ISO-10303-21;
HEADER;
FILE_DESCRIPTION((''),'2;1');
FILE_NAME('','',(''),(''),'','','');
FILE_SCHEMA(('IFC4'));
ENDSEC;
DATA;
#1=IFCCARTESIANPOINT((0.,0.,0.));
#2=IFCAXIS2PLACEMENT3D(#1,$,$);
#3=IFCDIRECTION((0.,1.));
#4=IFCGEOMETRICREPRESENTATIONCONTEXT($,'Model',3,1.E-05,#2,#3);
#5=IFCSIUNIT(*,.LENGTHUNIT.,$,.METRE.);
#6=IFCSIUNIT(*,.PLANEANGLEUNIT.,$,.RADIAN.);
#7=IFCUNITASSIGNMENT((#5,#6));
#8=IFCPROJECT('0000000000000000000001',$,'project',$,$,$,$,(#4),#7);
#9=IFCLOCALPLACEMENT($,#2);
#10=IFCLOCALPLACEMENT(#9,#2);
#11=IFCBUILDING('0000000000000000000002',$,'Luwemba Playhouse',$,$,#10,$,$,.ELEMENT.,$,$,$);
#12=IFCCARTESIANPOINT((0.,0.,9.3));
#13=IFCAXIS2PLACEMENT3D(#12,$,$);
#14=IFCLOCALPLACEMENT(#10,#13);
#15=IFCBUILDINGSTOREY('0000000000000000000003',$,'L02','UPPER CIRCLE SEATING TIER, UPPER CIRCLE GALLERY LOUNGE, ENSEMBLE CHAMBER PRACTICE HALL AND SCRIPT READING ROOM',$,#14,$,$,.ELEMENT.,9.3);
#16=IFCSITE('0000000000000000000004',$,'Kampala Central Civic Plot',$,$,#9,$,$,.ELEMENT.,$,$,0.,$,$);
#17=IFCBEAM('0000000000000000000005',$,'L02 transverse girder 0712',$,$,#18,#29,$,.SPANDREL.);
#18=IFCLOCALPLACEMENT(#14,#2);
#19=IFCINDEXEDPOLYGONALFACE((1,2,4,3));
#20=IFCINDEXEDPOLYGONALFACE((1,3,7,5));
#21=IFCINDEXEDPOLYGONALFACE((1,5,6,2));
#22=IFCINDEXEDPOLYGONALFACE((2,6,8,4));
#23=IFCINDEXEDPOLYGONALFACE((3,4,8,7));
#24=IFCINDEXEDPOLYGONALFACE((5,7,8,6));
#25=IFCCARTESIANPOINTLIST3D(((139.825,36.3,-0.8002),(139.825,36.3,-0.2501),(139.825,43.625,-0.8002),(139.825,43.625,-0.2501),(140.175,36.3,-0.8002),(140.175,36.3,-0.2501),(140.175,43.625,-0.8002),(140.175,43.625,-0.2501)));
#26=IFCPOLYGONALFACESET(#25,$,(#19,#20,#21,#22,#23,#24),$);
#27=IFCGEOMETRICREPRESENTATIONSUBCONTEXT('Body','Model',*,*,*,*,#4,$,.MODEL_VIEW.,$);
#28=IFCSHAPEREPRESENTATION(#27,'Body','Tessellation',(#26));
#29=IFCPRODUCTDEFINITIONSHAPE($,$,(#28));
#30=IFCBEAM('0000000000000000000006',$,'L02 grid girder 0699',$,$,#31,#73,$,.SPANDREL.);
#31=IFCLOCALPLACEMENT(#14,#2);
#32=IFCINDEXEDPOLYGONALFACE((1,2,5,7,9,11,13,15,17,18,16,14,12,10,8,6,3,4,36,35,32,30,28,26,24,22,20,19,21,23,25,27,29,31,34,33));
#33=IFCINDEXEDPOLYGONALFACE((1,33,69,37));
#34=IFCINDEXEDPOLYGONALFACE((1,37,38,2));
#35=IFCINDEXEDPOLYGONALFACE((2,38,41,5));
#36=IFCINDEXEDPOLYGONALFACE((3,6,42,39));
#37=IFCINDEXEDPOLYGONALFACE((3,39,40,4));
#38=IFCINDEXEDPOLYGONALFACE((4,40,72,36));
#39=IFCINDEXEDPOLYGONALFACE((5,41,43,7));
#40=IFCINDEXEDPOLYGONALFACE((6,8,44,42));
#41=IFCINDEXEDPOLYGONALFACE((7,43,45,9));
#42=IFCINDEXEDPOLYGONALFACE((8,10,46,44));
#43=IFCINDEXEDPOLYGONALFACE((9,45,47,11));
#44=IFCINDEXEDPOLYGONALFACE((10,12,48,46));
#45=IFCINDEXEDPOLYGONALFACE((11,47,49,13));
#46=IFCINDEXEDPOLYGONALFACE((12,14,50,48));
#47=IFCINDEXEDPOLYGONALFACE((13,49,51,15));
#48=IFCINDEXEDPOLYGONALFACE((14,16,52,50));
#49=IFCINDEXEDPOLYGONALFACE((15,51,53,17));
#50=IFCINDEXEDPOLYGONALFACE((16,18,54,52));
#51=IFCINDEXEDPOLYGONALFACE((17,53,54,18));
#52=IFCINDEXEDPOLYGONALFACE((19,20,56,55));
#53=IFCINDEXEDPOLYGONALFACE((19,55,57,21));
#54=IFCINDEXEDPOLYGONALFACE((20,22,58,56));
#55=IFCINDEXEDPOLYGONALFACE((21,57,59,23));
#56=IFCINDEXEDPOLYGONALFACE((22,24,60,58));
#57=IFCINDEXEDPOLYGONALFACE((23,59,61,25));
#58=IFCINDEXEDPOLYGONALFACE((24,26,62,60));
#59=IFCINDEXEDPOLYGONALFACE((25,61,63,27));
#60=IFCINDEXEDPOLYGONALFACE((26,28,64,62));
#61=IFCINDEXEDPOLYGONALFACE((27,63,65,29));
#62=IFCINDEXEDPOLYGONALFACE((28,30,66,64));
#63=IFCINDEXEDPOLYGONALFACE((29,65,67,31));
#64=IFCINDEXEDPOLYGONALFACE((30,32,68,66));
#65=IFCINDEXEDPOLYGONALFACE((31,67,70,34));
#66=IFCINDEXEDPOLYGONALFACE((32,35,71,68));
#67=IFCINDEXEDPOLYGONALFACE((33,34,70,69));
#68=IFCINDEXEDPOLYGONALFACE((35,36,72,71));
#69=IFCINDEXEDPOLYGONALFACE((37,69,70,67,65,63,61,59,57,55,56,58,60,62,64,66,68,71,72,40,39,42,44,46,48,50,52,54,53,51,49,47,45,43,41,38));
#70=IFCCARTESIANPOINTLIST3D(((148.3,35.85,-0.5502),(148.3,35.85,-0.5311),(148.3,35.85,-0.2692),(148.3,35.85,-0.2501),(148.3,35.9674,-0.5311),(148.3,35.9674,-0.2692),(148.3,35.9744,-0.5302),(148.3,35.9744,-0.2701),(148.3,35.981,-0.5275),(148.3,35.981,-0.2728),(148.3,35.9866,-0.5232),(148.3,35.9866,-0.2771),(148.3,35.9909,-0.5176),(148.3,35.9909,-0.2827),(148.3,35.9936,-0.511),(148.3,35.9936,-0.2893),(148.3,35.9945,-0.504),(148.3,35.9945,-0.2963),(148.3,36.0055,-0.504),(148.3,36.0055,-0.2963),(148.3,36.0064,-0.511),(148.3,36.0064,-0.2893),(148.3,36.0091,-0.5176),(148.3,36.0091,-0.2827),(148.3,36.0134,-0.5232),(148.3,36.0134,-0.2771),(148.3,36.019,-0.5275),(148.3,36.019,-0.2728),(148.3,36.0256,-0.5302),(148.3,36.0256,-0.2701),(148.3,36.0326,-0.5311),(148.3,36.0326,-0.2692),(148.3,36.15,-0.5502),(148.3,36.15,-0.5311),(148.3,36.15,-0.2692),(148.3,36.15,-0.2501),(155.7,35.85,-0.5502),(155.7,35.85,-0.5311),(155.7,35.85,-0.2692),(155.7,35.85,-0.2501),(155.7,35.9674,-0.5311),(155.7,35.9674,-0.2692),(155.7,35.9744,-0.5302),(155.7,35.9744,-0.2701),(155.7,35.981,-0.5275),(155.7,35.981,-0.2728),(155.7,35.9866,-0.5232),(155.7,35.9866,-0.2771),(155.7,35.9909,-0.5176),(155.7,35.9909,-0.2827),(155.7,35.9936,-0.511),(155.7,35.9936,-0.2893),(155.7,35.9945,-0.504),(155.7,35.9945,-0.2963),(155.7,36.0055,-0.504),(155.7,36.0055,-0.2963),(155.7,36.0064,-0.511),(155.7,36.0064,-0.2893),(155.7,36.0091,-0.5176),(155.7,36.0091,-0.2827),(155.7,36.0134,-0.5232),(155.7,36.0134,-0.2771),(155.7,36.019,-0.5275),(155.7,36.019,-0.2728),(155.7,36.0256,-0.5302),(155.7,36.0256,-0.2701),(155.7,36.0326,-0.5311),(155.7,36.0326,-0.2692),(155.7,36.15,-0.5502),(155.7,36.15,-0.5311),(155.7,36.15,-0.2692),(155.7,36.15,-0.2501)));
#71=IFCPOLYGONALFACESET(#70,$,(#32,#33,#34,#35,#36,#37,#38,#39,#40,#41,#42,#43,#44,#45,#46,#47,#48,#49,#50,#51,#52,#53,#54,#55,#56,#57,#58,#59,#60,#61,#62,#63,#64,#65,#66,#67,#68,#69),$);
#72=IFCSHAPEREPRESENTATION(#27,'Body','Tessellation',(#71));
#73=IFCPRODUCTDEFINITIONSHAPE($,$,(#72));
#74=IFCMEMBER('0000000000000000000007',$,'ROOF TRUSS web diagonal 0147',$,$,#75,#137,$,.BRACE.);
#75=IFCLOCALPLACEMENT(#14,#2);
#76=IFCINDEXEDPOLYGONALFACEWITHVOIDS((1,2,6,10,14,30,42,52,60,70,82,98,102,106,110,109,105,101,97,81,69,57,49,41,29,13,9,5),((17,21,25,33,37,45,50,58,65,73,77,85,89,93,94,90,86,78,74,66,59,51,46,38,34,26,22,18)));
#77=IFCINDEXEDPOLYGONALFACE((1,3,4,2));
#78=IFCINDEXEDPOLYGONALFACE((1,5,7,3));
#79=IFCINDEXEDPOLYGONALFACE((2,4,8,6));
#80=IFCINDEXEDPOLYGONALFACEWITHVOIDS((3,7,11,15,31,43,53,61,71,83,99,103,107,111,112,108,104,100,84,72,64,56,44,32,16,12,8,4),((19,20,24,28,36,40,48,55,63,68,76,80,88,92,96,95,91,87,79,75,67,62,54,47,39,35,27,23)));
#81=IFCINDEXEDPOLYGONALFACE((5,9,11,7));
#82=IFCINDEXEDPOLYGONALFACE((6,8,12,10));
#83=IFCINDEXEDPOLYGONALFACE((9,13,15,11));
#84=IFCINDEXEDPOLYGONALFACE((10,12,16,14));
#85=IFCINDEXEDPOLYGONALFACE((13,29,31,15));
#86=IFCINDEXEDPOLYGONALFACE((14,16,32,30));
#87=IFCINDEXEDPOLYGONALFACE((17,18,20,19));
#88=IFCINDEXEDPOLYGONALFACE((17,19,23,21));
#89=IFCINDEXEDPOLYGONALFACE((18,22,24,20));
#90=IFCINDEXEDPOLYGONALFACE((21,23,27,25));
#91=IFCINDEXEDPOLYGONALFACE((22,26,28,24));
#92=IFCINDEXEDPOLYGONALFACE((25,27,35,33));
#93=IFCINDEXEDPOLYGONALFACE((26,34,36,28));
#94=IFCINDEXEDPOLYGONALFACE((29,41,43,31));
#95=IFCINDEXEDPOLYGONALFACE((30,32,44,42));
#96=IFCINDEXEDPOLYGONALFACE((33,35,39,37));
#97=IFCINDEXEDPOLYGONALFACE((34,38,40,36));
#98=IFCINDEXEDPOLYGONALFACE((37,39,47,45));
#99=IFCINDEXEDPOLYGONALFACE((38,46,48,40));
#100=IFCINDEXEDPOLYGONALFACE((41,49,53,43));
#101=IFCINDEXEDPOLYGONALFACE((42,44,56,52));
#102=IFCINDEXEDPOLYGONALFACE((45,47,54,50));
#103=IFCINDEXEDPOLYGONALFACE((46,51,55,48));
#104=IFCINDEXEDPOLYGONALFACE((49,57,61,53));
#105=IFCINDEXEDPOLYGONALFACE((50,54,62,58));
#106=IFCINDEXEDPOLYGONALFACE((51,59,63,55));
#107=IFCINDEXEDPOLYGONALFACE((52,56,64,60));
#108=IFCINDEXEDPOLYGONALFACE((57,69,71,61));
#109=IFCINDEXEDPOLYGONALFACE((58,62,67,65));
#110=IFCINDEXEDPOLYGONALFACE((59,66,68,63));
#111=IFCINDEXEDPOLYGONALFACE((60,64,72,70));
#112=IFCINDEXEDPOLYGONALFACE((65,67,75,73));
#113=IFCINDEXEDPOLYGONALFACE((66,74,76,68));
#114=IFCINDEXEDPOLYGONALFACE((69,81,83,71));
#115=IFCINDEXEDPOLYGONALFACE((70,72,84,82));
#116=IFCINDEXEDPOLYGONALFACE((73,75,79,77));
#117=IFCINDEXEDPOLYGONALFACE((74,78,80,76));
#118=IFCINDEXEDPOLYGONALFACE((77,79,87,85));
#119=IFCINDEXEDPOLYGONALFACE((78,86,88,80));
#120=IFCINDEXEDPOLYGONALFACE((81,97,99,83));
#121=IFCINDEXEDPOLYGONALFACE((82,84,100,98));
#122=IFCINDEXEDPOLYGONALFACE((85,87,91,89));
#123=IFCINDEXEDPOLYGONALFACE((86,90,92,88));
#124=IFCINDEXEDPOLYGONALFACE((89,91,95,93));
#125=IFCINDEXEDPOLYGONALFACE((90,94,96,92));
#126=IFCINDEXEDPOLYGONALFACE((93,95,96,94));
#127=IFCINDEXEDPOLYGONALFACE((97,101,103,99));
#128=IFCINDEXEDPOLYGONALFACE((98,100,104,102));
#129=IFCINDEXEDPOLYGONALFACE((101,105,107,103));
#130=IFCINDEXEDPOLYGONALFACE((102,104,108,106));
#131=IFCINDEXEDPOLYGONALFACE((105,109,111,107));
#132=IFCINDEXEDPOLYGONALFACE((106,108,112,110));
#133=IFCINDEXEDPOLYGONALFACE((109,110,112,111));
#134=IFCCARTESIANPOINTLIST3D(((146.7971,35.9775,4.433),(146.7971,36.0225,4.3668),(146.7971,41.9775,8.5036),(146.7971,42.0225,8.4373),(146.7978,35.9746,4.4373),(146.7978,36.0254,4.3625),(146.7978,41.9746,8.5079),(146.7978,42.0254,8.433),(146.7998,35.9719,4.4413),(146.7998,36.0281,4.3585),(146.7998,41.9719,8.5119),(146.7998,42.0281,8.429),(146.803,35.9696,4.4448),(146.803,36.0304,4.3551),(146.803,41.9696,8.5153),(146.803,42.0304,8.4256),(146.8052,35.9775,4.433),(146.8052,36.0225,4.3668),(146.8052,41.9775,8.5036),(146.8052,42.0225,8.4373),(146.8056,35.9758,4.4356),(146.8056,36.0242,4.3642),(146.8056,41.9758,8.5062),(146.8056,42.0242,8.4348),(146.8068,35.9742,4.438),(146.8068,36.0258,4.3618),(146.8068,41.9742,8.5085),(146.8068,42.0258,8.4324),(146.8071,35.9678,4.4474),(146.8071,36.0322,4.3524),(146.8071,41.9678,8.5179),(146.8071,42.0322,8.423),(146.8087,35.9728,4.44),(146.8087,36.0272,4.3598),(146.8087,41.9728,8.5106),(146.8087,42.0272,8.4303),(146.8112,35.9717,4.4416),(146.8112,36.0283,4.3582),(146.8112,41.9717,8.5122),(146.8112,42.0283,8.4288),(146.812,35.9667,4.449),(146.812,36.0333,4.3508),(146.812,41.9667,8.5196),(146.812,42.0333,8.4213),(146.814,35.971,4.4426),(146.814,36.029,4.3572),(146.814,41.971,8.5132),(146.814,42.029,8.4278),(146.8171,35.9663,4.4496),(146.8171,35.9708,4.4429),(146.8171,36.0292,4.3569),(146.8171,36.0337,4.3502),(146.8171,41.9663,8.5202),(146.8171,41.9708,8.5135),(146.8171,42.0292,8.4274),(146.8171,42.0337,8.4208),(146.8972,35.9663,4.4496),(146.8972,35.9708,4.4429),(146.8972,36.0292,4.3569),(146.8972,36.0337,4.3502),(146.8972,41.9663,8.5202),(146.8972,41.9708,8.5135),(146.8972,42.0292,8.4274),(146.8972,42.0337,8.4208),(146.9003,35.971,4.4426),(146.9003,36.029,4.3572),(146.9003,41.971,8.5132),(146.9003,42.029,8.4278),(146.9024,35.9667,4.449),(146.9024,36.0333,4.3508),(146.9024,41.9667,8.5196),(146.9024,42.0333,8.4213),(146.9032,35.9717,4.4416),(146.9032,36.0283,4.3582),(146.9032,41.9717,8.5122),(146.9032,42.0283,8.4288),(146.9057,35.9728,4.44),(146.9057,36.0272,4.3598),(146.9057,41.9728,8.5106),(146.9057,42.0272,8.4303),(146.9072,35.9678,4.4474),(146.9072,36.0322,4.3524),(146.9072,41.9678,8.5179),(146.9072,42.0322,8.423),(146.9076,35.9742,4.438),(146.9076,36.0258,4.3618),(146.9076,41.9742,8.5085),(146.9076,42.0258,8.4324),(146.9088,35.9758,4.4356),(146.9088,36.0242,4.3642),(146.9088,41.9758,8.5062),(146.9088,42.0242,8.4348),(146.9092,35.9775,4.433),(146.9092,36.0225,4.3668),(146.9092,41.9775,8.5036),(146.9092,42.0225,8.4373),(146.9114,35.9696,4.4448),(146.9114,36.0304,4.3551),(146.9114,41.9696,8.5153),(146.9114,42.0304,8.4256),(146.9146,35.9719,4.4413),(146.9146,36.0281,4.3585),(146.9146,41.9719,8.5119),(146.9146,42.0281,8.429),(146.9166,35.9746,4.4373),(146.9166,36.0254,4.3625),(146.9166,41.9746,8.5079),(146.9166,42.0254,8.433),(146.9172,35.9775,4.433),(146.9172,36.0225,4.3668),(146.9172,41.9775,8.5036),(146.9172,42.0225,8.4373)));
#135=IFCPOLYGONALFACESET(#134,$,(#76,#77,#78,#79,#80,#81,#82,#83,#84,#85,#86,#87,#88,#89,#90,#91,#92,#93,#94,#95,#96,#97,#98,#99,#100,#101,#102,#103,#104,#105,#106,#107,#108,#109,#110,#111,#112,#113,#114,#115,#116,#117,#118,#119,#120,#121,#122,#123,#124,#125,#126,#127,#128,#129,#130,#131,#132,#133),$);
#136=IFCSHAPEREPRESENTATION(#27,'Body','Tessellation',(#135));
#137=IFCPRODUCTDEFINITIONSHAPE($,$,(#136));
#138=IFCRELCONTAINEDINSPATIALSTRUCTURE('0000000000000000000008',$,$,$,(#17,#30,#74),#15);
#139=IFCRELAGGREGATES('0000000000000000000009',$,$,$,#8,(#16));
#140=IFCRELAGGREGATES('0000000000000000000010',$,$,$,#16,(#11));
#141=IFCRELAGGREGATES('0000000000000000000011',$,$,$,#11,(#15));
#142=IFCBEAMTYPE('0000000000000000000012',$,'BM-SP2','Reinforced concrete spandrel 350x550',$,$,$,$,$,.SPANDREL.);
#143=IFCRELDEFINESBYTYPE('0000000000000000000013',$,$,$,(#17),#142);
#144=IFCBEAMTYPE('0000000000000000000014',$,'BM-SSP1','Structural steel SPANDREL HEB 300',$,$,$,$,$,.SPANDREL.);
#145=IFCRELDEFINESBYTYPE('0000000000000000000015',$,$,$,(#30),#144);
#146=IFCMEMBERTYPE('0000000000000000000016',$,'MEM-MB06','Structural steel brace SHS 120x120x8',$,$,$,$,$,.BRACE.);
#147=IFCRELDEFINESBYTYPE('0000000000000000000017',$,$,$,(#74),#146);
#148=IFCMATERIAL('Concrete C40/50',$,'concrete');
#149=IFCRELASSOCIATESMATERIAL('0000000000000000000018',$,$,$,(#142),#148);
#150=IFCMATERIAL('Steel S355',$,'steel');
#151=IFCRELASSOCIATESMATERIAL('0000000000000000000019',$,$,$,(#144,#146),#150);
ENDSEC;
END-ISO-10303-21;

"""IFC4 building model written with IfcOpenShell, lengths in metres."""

from ifc_helpers import new_model, si_unit, direction, frame, origin, origin_2d, place, context, subcontext, project, spatial, rectangle, hollow_rectangle, i_section, extrude, material, material_profile, profile_set, type_object, element, save


model = new_model("IFC4")

# Units and contexts
model_context = context("Model", 3, precision=1e-05, world=origin(), true_north=direction((0.0, 1.0)))
body_context = subcontext(model_context, "Body", "Model", "MODEL_VIEW")
ifc_project = project(units=[si_unit("LENGTHUNIT", "METRE"), si_unit("PLANEANGLEUNIT", "RADIAN")], contexts=[model_context])

# Site, building, storey
site_placement = place(None, origin())
site = spatial("IfcSite", under=ifc_project, at=site_placement, Name="Kampala Central Civic Plot", CompositionType="ELEMENT", RefElevation=0.0)
building_placement = place(site_placement, origin())
building = spatial("IfcBuilding", under=site, at=building_placement, Name="Luwemba Playhouse", CompositionType="ELEMENT")
storey_placement = place(building_placement, frame((0.0, 0.0, 9.3)))
storey = spatial("IfcBuildingStorey", under=building, at=storey_placement, Name="L02", Description="UPPER CIRCLE SEATING TIER, UPPER CIRCLE GALLERY LOUNGE, ENSEMBLE CHAMBER PRACTICE HALL AND SCRIPT READING ROOM", CompositionType="ELEMENT", Elevation=9.3)

# Shared definitions
ifc_material_1 = material(Name="Concrete C40/50", Category="concrete")

# Beams
ifc_material_2 = material(Name="Steel S355", Category="steel")
ifc_material_profile_1 = material_profile(ifc_material_1, rectangle(XDim=0.3501, YDim=0.55, at=origin_2d()))
ifc_profile_set_1 = profile_set([ifc_material_profile_1], Name="Concrete C40/50")
beam_type_1 = type_object("IfcBeamType", Name="BM-SP2", Description="Reinforced concrete spandrel 350x550", PredefinedType="SPANDREL", material=ifc_profile_set_1)
beam_1_placement = place(storey_placement, frame((140.0, 36.3, -0.5251), z_axis=(0.0, 1.0, 0.0), x_axis=(-1.0, 0.0, 0.0)))
element("IfcBeam", 1, at=beam_1_placement, inside=storey, type_object=beam_type_1, Name="L02 transverse girder 0712", PredefinedType="SPANDREL", context=body_context, shape_type="SweptSolid", body=[
    extrude(rectangle(XDim=0.3501, YDim=0.55, at=origin_2d()), origin(), (0.0, 0.0, 1.0), 7.325),
])
ifc_material_profile_2 = material_profile(ifc_material_2, i_section(OverallWidth=0.3, OverallDepth=0.3, WebThickness=0.011, FlangeThickness=0.019, FilletRadius=0.0271, at=origin_2d()))
ifc_profile_set_2 = profile_set([ifc_material_profile_2], Name="Steel S355")
beam_type_2 = type_object("IfcBeamType", Name="BM-SSP1", Description="Structural steel SPANDREL HEB 300", PredefinedType="SPANDREL", material=ifc_profile_set_2)
beam_2_placement = place(storey_placement, frame((148.3, 36.0, -0.4001), z_axis=(1.0, 0.0, 0.0), x_axis=(0.0, 1.0, 0.0)))
element("IfcBeam", 2, at=beam_2_placement, inside=storey, type_object=beam_type_2, Name="L02 grid girder 0699", PredefinedType="SPANDREL", context=body_context, shape_type="SweptSolid", body=[
    extrude(i_section(OverallWidth=0.3, OverallDepth=0.3, WebThickness=0.011, FlangeThickness=0.019, FilletRadius=0.0271, at=origin_2d()), origin(), (0.0, 0.0, 1.0), 7.3999),
])

# Member
ifc_material_profile_3 = material_profile(ifc_material_2, hollow_rectangle(XDim=0.1201, YDim=0.1201, WallThickness=0.0081, InnerFilletRadius=0.012, OuterFilletRadius=0.02, at=origin_2d()))
ifc_profile_set_3 = profile_set([ifc_material_profile_3], Name="Steel S355")
member_type_1 = type_object("IfcMemberType", Name="MEM-MB06", Description="Structural steel brace SHS 120x120x8", PredefinedType="BRACE", material=ifc_profile_set_3)
member_1_placement = place(storey_placement, frame((146.8572, 36.0, 4.3999), z_axis=(0.0, 0.827532, 0.561419), x_axis=(-1.0, 0.0, 0.0)))
element("IfcMember", 3, at=member_1_placement, inside=storey, type_object=member_type_1, Name="ROOF TRUSS web diagonal 0147", PredefinedType="BRACE", context=body_context, shape_type="SweptSolid", body=[
    extrude(hollow_rectangle(XDim=0.1201, YDim=0.1201, WallThickness=0.0081, InnerFilletRadius=0.012, OuterFilletRadius=0.02, at=origin_2d()), origin(), (0.0, 0.0, 1.0), 7.2505),
])

save(model, "model.ifc")
